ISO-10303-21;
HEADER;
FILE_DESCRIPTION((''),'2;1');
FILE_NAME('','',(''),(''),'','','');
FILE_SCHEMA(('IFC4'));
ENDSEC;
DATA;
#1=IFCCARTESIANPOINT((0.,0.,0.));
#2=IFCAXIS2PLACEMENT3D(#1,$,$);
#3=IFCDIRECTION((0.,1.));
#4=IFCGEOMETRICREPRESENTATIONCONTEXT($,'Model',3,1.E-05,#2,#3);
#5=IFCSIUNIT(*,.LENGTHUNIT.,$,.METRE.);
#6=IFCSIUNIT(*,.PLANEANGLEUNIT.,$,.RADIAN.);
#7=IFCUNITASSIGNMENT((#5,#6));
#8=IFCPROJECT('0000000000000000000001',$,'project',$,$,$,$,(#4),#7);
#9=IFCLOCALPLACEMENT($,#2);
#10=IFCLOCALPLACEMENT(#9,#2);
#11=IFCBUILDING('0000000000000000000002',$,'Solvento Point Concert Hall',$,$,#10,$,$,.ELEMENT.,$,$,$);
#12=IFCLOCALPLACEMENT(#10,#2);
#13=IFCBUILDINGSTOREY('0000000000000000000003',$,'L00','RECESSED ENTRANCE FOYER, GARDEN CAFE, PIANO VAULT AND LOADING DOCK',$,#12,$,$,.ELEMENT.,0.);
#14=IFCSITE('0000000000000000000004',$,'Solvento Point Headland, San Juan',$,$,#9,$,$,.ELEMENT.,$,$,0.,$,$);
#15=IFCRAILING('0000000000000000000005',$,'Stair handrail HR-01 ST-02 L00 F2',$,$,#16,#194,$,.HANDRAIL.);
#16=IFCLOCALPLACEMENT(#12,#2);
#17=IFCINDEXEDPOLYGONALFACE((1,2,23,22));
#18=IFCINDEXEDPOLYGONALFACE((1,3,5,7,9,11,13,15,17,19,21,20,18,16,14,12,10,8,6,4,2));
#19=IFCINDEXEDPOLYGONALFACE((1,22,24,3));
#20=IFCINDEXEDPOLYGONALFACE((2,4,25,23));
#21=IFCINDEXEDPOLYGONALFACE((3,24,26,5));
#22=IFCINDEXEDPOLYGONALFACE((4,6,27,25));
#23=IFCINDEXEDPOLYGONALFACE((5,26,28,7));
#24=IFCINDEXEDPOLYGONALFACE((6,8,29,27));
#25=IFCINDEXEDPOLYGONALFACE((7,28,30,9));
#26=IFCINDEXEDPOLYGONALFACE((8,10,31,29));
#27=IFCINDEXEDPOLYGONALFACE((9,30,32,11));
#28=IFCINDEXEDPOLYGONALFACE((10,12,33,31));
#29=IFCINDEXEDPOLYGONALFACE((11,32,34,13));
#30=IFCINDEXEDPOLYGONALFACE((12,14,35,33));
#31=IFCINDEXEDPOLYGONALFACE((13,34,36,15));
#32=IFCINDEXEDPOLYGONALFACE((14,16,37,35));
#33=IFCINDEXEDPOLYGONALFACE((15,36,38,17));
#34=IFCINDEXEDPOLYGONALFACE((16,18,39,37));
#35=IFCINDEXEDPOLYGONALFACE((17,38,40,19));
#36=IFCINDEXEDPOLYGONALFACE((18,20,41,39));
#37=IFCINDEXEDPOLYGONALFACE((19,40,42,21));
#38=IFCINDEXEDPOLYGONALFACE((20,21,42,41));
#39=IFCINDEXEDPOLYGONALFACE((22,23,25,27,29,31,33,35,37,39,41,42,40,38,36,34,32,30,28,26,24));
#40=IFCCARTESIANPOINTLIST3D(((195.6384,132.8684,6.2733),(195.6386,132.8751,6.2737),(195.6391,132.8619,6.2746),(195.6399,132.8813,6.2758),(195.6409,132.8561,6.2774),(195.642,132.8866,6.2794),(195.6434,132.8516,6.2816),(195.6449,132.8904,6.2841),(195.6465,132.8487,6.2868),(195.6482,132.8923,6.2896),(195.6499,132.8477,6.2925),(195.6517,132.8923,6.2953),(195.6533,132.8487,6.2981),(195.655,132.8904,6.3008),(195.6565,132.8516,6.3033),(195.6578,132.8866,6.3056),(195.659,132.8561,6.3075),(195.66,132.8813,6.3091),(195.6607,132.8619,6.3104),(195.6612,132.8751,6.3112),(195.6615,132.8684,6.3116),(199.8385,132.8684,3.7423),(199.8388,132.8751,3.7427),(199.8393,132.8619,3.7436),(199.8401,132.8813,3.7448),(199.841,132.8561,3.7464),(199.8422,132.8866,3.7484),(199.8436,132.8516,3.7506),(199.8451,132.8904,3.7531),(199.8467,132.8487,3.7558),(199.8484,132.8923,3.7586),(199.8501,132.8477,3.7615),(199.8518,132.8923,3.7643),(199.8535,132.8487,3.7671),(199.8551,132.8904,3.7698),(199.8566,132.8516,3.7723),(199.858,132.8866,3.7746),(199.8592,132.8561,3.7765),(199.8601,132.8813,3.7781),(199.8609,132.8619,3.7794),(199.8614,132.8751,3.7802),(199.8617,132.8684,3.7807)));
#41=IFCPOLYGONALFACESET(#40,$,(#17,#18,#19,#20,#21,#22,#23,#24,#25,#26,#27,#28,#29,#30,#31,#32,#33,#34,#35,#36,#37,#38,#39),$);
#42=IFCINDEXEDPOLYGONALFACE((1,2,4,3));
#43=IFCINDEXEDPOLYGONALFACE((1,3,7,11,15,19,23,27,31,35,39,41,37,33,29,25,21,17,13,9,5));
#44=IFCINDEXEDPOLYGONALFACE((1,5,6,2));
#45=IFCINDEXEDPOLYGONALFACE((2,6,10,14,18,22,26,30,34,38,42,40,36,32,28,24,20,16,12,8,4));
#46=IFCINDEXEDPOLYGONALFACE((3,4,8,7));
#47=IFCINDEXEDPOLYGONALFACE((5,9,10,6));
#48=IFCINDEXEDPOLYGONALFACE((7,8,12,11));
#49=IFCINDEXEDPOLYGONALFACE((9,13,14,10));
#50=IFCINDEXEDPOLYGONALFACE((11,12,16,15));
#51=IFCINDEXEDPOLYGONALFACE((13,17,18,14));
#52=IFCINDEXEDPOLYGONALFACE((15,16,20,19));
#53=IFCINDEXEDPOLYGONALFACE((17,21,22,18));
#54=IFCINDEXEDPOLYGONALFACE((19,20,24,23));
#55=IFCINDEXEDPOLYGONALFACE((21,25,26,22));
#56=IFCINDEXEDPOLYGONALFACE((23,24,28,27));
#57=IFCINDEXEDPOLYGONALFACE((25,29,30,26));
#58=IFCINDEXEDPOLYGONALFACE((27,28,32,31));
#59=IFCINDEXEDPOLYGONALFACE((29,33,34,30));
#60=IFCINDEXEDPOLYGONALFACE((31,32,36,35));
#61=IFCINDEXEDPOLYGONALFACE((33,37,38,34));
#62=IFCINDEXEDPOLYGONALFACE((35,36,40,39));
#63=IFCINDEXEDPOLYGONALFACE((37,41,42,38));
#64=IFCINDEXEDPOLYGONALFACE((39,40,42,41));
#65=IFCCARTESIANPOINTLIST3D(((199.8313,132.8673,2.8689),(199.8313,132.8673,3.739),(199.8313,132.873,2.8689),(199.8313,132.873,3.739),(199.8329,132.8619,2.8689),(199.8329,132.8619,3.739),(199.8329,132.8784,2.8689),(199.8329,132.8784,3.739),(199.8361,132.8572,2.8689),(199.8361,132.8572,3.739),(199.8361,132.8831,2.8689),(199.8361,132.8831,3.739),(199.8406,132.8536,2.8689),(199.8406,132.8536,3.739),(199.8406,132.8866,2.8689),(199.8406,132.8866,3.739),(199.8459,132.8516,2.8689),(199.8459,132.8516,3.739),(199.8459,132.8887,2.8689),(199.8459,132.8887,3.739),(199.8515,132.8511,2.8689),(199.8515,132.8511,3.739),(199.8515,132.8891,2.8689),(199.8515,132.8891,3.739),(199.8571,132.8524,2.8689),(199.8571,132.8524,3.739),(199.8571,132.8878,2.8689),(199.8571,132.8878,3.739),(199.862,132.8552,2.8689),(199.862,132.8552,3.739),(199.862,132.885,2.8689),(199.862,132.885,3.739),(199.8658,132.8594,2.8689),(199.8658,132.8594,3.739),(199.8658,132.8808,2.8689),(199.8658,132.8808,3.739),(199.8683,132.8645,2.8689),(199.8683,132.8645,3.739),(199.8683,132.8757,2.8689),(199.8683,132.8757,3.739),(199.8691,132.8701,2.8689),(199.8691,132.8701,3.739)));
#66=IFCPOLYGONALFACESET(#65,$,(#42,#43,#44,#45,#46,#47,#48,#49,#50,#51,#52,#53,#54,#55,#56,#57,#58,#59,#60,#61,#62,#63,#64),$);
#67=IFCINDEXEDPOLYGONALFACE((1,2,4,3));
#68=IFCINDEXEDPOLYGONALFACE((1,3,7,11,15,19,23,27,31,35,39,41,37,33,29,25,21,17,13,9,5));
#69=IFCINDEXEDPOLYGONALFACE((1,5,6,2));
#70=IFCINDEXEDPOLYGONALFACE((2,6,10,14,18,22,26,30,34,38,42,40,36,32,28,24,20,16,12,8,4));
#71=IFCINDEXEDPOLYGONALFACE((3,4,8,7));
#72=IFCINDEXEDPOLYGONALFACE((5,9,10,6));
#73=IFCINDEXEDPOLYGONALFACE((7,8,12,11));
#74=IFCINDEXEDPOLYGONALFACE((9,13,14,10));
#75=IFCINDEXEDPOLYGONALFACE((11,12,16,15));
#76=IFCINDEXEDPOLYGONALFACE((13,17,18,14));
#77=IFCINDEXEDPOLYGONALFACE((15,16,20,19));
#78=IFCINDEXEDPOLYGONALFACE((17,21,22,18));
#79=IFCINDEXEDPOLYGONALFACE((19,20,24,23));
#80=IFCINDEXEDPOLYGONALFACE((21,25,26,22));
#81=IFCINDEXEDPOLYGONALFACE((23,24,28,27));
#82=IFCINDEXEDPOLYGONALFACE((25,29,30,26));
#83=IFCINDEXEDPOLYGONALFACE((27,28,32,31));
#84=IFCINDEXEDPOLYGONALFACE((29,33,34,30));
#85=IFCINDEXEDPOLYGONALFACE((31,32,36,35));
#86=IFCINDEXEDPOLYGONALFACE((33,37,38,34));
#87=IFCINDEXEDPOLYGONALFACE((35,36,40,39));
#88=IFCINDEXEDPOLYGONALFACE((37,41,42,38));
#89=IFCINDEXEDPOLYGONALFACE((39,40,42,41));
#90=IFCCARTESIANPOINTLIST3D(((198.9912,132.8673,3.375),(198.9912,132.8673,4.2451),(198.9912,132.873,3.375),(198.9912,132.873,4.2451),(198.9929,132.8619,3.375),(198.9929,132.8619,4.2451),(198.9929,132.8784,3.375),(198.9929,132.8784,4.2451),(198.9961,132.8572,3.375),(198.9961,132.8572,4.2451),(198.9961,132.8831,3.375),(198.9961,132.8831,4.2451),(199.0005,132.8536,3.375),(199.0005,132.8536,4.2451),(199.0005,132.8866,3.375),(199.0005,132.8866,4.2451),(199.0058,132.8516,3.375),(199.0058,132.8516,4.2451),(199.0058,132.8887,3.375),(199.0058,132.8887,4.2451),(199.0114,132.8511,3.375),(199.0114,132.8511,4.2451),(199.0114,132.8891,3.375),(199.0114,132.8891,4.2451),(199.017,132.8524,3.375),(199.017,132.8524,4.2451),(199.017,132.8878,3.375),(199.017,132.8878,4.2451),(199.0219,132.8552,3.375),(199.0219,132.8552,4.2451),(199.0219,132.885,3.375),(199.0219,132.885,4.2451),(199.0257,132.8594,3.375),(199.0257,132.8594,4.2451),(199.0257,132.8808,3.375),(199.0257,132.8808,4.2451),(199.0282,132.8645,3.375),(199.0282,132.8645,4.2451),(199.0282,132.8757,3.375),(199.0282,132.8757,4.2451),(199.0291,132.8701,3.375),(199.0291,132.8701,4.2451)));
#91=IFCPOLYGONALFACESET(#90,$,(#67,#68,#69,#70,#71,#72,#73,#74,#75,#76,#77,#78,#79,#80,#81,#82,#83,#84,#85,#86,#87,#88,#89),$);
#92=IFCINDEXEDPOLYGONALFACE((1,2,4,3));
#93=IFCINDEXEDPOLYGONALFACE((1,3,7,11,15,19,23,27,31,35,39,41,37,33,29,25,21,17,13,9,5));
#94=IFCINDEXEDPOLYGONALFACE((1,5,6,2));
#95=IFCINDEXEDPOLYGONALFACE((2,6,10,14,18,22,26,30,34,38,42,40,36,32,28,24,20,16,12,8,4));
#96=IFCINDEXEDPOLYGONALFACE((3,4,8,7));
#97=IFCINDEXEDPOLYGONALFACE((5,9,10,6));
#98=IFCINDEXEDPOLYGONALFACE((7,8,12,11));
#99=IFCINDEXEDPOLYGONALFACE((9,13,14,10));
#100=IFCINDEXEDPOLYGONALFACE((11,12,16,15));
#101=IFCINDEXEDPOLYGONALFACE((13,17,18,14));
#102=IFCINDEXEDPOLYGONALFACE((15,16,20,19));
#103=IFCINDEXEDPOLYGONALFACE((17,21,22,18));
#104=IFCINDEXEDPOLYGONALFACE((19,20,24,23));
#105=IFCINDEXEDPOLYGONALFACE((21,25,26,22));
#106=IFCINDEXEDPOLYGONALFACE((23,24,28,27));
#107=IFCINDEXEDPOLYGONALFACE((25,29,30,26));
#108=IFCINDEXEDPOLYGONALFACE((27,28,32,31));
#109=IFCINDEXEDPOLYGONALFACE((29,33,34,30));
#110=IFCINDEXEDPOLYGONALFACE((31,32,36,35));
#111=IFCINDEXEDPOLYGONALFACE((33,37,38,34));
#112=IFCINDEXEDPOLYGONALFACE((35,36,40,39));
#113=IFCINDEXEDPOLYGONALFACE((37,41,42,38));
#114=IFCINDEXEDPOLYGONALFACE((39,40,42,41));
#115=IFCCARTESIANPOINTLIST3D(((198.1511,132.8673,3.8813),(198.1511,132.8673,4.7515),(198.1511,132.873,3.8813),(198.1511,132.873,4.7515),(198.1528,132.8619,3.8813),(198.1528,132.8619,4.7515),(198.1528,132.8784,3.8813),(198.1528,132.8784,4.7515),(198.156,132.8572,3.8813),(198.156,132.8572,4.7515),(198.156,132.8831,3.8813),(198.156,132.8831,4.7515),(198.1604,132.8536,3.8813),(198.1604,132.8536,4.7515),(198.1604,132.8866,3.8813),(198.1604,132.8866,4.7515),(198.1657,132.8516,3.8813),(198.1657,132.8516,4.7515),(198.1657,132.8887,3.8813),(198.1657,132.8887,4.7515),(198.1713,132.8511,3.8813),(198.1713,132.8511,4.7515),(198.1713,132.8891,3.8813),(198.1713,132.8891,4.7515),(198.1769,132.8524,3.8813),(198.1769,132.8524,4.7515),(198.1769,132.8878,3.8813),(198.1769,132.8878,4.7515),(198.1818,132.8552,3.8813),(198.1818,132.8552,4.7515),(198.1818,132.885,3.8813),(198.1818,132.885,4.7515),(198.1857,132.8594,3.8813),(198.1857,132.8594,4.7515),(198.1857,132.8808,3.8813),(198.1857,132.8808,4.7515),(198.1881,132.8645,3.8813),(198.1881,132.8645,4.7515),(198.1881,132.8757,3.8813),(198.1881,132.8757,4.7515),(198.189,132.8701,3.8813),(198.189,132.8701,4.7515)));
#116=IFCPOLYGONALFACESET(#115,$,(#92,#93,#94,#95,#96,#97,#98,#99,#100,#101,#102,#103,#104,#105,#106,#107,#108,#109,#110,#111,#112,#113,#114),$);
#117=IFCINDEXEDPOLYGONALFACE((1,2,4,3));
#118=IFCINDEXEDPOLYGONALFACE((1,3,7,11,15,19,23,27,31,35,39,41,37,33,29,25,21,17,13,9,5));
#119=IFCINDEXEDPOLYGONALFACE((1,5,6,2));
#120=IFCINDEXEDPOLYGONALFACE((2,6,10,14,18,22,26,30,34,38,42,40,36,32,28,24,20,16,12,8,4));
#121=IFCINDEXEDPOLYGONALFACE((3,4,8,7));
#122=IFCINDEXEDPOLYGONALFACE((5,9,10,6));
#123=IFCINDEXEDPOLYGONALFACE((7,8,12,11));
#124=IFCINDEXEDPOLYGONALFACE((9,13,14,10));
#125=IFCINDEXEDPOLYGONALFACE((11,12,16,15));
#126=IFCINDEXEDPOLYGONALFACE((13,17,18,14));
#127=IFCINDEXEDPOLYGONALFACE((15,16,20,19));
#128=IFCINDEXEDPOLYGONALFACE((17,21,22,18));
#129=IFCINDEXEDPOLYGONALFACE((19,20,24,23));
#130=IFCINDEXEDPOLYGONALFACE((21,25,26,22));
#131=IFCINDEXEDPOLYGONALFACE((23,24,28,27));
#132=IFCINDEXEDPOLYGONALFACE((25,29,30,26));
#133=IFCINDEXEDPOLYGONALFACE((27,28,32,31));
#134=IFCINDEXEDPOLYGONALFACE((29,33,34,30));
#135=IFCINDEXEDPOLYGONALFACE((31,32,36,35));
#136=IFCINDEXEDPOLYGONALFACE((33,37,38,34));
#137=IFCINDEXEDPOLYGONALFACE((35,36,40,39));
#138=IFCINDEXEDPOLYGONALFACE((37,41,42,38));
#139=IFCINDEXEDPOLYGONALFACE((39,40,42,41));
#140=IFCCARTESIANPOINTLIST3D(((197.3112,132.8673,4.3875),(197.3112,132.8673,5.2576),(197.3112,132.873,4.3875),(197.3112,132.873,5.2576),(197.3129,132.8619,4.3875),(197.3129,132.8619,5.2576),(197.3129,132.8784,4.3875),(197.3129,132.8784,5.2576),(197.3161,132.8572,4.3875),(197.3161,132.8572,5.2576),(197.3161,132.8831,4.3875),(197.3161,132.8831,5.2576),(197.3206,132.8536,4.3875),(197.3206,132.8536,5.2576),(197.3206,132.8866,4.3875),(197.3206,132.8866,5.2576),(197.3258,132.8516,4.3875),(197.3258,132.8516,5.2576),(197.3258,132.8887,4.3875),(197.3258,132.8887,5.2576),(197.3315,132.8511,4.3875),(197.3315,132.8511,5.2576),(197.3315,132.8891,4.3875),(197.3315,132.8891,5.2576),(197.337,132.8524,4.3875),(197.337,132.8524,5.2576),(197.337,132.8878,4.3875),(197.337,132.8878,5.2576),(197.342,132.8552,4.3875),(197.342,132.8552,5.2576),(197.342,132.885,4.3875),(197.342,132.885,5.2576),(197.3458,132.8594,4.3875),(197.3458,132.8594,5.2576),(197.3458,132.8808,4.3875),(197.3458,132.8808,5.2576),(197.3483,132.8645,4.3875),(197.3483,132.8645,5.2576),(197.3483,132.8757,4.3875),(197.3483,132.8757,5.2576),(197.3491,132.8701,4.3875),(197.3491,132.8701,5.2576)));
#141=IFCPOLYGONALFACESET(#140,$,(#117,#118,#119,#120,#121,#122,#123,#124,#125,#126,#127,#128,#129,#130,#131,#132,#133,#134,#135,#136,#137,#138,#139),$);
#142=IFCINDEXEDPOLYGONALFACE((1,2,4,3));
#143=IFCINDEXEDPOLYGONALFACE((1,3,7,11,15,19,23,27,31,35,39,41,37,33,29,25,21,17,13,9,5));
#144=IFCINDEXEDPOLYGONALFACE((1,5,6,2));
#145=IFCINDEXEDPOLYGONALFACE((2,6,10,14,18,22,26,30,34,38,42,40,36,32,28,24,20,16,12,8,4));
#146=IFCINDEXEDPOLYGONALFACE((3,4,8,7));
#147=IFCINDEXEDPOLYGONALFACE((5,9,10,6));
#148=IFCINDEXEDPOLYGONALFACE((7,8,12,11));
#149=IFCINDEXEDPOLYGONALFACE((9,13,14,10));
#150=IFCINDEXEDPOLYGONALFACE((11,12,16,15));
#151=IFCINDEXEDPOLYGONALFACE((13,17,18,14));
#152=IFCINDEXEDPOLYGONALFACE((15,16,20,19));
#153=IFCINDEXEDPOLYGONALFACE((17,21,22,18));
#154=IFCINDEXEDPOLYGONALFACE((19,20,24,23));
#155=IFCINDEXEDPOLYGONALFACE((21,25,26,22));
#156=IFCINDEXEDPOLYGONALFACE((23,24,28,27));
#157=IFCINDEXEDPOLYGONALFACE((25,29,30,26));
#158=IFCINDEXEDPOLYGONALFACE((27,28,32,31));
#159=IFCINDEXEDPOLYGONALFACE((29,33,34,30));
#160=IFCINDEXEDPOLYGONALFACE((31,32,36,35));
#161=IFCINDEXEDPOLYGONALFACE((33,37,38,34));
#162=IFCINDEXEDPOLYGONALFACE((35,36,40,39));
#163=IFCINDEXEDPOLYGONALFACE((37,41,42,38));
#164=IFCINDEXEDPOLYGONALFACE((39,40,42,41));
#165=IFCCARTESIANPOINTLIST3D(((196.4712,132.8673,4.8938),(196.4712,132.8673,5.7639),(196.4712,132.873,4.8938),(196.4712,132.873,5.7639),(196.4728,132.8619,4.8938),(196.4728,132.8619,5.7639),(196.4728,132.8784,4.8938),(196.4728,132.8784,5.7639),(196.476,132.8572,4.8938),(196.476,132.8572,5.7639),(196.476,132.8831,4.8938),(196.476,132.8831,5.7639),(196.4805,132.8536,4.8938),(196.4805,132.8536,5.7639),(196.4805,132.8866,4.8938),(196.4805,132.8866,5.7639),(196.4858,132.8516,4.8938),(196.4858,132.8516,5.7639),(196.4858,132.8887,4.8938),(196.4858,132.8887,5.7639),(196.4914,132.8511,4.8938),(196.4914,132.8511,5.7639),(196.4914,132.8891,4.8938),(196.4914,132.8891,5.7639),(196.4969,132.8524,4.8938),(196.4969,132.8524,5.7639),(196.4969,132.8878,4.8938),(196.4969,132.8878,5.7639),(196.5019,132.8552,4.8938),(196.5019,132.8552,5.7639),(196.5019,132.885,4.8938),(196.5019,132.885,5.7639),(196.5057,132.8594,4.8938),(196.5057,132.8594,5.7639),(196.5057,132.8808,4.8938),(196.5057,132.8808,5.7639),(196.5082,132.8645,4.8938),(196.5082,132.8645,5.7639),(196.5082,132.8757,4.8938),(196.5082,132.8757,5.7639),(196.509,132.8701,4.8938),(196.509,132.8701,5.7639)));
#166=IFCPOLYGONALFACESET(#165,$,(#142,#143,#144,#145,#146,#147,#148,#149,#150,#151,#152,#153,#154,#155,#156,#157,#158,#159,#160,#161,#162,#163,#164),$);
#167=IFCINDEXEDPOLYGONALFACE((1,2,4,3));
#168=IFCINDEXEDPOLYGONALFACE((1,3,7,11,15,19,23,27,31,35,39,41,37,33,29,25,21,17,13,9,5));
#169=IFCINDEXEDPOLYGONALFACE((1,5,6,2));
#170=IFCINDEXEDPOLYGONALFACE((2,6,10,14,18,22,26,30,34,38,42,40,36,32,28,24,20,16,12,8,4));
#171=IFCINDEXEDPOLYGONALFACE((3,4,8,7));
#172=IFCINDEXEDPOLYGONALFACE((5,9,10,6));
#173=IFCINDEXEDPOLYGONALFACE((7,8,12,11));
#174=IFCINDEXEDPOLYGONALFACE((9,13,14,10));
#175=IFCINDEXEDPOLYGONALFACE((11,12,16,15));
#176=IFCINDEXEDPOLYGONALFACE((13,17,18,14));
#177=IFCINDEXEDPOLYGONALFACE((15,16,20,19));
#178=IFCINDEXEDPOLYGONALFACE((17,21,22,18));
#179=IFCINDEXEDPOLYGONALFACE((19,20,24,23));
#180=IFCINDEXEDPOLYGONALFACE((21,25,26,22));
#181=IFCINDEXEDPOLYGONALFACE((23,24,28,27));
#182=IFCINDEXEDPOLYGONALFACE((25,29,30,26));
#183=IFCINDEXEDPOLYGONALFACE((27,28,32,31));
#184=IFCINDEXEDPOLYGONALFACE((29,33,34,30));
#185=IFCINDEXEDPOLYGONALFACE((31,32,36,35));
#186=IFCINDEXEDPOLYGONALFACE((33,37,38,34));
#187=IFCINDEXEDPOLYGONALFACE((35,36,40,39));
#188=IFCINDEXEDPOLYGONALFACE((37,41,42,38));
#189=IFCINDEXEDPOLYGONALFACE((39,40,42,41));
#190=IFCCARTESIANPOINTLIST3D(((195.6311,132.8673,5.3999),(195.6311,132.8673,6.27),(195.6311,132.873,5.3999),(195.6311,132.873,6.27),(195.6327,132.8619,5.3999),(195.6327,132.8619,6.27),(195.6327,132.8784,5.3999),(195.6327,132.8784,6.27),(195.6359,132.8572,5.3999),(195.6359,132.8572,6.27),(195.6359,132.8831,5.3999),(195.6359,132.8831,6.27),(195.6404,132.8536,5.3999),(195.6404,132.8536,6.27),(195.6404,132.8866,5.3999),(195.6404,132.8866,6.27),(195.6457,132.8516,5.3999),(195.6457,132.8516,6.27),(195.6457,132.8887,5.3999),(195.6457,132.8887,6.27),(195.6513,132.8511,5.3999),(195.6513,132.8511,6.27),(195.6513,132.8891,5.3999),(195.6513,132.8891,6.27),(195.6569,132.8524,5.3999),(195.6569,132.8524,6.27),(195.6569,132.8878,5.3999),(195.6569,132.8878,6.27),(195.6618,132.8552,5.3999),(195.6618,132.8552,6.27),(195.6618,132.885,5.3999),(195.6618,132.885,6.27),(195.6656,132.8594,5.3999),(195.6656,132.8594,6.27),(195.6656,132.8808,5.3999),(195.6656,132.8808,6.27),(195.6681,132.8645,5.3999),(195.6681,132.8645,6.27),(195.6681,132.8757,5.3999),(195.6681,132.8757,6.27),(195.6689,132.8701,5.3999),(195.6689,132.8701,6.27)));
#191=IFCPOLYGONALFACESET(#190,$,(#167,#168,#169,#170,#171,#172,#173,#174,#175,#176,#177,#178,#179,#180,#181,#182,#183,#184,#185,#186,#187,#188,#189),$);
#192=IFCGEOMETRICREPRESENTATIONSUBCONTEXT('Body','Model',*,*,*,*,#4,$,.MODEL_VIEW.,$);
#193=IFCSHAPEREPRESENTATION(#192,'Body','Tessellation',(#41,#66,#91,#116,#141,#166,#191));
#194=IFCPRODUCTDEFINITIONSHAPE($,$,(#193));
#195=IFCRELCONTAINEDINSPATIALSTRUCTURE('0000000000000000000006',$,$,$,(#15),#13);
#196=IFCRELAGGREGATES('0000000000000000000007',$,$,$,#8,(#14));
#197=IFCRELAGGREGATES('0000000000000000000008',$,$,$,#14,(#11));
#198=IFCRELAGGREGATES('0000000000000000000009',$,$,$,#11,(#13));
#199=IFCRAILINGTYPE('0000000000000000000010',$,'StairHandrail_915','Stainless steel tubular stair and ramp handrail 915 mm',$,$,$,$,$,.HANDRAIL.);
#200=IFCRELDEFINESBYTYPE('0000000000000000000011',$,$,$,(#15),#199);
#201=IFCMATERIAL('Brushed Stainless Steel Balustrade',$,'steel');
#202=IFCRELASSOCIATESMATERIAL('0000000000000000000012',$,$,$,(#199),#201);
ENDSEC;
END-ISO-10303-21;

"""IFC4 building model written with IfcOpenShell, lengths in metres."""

from ifc_helpers import new_model, si_unit, direction, frame, origin, origin_2d, place, context, subcontext, project, spatial, circle, extrude, material, type_object, element, save


model = new_model("IFC4")

# Units and contexts
model_context = context("Model", 3, precision=1e-05, world=origin(), true_north=direction((0.0, 1.0)))
body_context = subcontext(model_context, "Body", "Model", "MODEL_VIEW")
ifc_project = project(units=[si_unit("LENGTHUNIT", "METRE"), si_unit("PLANEANGLEUNIT", "RADIAN")], contexts=[model_context])

# Site, building, storey
site_placement = place(None, origin())
site = spatial("IfcSite", under=ifc_project, at=site_placement, Name="Solvento Point Headland, San Juan", CompositionType="ELEMENT", RefElevation=0.0)
building_placement = place(site_placement, origin())
building = spatial("IfcBuilding", under=site, at=building_placement, Name="Solvento Point Concert Hall", CompositionType="ELEMENT")
storey_placement = place(building_placement, origin())
storey = spatial("IfcBuildingStorey", under=building, at=storey_placement, Name="L00", Description="RECESSED ENTRANCE FOYER, GARDEN CAFE, PIANO VAULT AND LOADING DOCK", CompositionType="ELEMENT", Elevation=0.0)

# Railing
ifc_material_1 = material(Name="Brushed Stainless Steel Balustrade", Category="steel")
railing_type_1 = type_object("IfcRailingType", Name="StairHandrail_915", Description="Stainless steel tubular stair and ramp handrail 915 mm", PredefinedType="HANDRAIL", material=ifc_material_1)
railing_1_placement = place(storey_placement, frame((199.8501, 132.8701, 2.8689)))
element("IfcRailing", 1, at=railing_1_placement, inside=storey, type_object=railing_type_1, Name="Stair handrail HR-01 ST-02 L00 F2", PredefinedType="HANDRAIL", context=body_context, shape_type="SweptSolid", body=[
    extrude(circle(Radius=0.0225, at=origin_2d()), frame((0.0, 0.0, 0.8926), z_axis=(-0.856512, 0.0, 0.516127), x_axis=(0.0, -1.0, 0.0)), (0.0, 0.0, 1.0), 4.9038),
    extrude(circle(Radius=0.019, at=origin_2d()), origin(), (0.0, 0.0, 1.0), 0.8701),
    extrude(circle(Radius=0.019, at=origin_2d()), frame((-0.8401, 0.0, 0.5061)), (0.0, 0.0, 1.0), 0.8701),
    extrude(circle(Radius=0.019, at=origin_2d()), frame((-1.6802, 0.0, 1.0125)), (0.0, 0.0, 1.0), 0.8701),
    extrude(circle(Radius=0.019, at=origin_2d()), frame((-2.52, 0.0, 1.5186)), (0.0, 0.0, 1.0), 0.8701),
    extrude(circle(Radius=0.019, at=origin_2d()), frame((-3.3601, 0.0, 2.0249)), (0.0, 0.0, 1.0), 0.8701),
    extrude(circle(Radius=0.019, at=origin_2d()), frame((-4.2002, 0.0, 2.531)), (0.0, 0.0, 1.0), 0.8701),
])

save(model, "model.ifc")
